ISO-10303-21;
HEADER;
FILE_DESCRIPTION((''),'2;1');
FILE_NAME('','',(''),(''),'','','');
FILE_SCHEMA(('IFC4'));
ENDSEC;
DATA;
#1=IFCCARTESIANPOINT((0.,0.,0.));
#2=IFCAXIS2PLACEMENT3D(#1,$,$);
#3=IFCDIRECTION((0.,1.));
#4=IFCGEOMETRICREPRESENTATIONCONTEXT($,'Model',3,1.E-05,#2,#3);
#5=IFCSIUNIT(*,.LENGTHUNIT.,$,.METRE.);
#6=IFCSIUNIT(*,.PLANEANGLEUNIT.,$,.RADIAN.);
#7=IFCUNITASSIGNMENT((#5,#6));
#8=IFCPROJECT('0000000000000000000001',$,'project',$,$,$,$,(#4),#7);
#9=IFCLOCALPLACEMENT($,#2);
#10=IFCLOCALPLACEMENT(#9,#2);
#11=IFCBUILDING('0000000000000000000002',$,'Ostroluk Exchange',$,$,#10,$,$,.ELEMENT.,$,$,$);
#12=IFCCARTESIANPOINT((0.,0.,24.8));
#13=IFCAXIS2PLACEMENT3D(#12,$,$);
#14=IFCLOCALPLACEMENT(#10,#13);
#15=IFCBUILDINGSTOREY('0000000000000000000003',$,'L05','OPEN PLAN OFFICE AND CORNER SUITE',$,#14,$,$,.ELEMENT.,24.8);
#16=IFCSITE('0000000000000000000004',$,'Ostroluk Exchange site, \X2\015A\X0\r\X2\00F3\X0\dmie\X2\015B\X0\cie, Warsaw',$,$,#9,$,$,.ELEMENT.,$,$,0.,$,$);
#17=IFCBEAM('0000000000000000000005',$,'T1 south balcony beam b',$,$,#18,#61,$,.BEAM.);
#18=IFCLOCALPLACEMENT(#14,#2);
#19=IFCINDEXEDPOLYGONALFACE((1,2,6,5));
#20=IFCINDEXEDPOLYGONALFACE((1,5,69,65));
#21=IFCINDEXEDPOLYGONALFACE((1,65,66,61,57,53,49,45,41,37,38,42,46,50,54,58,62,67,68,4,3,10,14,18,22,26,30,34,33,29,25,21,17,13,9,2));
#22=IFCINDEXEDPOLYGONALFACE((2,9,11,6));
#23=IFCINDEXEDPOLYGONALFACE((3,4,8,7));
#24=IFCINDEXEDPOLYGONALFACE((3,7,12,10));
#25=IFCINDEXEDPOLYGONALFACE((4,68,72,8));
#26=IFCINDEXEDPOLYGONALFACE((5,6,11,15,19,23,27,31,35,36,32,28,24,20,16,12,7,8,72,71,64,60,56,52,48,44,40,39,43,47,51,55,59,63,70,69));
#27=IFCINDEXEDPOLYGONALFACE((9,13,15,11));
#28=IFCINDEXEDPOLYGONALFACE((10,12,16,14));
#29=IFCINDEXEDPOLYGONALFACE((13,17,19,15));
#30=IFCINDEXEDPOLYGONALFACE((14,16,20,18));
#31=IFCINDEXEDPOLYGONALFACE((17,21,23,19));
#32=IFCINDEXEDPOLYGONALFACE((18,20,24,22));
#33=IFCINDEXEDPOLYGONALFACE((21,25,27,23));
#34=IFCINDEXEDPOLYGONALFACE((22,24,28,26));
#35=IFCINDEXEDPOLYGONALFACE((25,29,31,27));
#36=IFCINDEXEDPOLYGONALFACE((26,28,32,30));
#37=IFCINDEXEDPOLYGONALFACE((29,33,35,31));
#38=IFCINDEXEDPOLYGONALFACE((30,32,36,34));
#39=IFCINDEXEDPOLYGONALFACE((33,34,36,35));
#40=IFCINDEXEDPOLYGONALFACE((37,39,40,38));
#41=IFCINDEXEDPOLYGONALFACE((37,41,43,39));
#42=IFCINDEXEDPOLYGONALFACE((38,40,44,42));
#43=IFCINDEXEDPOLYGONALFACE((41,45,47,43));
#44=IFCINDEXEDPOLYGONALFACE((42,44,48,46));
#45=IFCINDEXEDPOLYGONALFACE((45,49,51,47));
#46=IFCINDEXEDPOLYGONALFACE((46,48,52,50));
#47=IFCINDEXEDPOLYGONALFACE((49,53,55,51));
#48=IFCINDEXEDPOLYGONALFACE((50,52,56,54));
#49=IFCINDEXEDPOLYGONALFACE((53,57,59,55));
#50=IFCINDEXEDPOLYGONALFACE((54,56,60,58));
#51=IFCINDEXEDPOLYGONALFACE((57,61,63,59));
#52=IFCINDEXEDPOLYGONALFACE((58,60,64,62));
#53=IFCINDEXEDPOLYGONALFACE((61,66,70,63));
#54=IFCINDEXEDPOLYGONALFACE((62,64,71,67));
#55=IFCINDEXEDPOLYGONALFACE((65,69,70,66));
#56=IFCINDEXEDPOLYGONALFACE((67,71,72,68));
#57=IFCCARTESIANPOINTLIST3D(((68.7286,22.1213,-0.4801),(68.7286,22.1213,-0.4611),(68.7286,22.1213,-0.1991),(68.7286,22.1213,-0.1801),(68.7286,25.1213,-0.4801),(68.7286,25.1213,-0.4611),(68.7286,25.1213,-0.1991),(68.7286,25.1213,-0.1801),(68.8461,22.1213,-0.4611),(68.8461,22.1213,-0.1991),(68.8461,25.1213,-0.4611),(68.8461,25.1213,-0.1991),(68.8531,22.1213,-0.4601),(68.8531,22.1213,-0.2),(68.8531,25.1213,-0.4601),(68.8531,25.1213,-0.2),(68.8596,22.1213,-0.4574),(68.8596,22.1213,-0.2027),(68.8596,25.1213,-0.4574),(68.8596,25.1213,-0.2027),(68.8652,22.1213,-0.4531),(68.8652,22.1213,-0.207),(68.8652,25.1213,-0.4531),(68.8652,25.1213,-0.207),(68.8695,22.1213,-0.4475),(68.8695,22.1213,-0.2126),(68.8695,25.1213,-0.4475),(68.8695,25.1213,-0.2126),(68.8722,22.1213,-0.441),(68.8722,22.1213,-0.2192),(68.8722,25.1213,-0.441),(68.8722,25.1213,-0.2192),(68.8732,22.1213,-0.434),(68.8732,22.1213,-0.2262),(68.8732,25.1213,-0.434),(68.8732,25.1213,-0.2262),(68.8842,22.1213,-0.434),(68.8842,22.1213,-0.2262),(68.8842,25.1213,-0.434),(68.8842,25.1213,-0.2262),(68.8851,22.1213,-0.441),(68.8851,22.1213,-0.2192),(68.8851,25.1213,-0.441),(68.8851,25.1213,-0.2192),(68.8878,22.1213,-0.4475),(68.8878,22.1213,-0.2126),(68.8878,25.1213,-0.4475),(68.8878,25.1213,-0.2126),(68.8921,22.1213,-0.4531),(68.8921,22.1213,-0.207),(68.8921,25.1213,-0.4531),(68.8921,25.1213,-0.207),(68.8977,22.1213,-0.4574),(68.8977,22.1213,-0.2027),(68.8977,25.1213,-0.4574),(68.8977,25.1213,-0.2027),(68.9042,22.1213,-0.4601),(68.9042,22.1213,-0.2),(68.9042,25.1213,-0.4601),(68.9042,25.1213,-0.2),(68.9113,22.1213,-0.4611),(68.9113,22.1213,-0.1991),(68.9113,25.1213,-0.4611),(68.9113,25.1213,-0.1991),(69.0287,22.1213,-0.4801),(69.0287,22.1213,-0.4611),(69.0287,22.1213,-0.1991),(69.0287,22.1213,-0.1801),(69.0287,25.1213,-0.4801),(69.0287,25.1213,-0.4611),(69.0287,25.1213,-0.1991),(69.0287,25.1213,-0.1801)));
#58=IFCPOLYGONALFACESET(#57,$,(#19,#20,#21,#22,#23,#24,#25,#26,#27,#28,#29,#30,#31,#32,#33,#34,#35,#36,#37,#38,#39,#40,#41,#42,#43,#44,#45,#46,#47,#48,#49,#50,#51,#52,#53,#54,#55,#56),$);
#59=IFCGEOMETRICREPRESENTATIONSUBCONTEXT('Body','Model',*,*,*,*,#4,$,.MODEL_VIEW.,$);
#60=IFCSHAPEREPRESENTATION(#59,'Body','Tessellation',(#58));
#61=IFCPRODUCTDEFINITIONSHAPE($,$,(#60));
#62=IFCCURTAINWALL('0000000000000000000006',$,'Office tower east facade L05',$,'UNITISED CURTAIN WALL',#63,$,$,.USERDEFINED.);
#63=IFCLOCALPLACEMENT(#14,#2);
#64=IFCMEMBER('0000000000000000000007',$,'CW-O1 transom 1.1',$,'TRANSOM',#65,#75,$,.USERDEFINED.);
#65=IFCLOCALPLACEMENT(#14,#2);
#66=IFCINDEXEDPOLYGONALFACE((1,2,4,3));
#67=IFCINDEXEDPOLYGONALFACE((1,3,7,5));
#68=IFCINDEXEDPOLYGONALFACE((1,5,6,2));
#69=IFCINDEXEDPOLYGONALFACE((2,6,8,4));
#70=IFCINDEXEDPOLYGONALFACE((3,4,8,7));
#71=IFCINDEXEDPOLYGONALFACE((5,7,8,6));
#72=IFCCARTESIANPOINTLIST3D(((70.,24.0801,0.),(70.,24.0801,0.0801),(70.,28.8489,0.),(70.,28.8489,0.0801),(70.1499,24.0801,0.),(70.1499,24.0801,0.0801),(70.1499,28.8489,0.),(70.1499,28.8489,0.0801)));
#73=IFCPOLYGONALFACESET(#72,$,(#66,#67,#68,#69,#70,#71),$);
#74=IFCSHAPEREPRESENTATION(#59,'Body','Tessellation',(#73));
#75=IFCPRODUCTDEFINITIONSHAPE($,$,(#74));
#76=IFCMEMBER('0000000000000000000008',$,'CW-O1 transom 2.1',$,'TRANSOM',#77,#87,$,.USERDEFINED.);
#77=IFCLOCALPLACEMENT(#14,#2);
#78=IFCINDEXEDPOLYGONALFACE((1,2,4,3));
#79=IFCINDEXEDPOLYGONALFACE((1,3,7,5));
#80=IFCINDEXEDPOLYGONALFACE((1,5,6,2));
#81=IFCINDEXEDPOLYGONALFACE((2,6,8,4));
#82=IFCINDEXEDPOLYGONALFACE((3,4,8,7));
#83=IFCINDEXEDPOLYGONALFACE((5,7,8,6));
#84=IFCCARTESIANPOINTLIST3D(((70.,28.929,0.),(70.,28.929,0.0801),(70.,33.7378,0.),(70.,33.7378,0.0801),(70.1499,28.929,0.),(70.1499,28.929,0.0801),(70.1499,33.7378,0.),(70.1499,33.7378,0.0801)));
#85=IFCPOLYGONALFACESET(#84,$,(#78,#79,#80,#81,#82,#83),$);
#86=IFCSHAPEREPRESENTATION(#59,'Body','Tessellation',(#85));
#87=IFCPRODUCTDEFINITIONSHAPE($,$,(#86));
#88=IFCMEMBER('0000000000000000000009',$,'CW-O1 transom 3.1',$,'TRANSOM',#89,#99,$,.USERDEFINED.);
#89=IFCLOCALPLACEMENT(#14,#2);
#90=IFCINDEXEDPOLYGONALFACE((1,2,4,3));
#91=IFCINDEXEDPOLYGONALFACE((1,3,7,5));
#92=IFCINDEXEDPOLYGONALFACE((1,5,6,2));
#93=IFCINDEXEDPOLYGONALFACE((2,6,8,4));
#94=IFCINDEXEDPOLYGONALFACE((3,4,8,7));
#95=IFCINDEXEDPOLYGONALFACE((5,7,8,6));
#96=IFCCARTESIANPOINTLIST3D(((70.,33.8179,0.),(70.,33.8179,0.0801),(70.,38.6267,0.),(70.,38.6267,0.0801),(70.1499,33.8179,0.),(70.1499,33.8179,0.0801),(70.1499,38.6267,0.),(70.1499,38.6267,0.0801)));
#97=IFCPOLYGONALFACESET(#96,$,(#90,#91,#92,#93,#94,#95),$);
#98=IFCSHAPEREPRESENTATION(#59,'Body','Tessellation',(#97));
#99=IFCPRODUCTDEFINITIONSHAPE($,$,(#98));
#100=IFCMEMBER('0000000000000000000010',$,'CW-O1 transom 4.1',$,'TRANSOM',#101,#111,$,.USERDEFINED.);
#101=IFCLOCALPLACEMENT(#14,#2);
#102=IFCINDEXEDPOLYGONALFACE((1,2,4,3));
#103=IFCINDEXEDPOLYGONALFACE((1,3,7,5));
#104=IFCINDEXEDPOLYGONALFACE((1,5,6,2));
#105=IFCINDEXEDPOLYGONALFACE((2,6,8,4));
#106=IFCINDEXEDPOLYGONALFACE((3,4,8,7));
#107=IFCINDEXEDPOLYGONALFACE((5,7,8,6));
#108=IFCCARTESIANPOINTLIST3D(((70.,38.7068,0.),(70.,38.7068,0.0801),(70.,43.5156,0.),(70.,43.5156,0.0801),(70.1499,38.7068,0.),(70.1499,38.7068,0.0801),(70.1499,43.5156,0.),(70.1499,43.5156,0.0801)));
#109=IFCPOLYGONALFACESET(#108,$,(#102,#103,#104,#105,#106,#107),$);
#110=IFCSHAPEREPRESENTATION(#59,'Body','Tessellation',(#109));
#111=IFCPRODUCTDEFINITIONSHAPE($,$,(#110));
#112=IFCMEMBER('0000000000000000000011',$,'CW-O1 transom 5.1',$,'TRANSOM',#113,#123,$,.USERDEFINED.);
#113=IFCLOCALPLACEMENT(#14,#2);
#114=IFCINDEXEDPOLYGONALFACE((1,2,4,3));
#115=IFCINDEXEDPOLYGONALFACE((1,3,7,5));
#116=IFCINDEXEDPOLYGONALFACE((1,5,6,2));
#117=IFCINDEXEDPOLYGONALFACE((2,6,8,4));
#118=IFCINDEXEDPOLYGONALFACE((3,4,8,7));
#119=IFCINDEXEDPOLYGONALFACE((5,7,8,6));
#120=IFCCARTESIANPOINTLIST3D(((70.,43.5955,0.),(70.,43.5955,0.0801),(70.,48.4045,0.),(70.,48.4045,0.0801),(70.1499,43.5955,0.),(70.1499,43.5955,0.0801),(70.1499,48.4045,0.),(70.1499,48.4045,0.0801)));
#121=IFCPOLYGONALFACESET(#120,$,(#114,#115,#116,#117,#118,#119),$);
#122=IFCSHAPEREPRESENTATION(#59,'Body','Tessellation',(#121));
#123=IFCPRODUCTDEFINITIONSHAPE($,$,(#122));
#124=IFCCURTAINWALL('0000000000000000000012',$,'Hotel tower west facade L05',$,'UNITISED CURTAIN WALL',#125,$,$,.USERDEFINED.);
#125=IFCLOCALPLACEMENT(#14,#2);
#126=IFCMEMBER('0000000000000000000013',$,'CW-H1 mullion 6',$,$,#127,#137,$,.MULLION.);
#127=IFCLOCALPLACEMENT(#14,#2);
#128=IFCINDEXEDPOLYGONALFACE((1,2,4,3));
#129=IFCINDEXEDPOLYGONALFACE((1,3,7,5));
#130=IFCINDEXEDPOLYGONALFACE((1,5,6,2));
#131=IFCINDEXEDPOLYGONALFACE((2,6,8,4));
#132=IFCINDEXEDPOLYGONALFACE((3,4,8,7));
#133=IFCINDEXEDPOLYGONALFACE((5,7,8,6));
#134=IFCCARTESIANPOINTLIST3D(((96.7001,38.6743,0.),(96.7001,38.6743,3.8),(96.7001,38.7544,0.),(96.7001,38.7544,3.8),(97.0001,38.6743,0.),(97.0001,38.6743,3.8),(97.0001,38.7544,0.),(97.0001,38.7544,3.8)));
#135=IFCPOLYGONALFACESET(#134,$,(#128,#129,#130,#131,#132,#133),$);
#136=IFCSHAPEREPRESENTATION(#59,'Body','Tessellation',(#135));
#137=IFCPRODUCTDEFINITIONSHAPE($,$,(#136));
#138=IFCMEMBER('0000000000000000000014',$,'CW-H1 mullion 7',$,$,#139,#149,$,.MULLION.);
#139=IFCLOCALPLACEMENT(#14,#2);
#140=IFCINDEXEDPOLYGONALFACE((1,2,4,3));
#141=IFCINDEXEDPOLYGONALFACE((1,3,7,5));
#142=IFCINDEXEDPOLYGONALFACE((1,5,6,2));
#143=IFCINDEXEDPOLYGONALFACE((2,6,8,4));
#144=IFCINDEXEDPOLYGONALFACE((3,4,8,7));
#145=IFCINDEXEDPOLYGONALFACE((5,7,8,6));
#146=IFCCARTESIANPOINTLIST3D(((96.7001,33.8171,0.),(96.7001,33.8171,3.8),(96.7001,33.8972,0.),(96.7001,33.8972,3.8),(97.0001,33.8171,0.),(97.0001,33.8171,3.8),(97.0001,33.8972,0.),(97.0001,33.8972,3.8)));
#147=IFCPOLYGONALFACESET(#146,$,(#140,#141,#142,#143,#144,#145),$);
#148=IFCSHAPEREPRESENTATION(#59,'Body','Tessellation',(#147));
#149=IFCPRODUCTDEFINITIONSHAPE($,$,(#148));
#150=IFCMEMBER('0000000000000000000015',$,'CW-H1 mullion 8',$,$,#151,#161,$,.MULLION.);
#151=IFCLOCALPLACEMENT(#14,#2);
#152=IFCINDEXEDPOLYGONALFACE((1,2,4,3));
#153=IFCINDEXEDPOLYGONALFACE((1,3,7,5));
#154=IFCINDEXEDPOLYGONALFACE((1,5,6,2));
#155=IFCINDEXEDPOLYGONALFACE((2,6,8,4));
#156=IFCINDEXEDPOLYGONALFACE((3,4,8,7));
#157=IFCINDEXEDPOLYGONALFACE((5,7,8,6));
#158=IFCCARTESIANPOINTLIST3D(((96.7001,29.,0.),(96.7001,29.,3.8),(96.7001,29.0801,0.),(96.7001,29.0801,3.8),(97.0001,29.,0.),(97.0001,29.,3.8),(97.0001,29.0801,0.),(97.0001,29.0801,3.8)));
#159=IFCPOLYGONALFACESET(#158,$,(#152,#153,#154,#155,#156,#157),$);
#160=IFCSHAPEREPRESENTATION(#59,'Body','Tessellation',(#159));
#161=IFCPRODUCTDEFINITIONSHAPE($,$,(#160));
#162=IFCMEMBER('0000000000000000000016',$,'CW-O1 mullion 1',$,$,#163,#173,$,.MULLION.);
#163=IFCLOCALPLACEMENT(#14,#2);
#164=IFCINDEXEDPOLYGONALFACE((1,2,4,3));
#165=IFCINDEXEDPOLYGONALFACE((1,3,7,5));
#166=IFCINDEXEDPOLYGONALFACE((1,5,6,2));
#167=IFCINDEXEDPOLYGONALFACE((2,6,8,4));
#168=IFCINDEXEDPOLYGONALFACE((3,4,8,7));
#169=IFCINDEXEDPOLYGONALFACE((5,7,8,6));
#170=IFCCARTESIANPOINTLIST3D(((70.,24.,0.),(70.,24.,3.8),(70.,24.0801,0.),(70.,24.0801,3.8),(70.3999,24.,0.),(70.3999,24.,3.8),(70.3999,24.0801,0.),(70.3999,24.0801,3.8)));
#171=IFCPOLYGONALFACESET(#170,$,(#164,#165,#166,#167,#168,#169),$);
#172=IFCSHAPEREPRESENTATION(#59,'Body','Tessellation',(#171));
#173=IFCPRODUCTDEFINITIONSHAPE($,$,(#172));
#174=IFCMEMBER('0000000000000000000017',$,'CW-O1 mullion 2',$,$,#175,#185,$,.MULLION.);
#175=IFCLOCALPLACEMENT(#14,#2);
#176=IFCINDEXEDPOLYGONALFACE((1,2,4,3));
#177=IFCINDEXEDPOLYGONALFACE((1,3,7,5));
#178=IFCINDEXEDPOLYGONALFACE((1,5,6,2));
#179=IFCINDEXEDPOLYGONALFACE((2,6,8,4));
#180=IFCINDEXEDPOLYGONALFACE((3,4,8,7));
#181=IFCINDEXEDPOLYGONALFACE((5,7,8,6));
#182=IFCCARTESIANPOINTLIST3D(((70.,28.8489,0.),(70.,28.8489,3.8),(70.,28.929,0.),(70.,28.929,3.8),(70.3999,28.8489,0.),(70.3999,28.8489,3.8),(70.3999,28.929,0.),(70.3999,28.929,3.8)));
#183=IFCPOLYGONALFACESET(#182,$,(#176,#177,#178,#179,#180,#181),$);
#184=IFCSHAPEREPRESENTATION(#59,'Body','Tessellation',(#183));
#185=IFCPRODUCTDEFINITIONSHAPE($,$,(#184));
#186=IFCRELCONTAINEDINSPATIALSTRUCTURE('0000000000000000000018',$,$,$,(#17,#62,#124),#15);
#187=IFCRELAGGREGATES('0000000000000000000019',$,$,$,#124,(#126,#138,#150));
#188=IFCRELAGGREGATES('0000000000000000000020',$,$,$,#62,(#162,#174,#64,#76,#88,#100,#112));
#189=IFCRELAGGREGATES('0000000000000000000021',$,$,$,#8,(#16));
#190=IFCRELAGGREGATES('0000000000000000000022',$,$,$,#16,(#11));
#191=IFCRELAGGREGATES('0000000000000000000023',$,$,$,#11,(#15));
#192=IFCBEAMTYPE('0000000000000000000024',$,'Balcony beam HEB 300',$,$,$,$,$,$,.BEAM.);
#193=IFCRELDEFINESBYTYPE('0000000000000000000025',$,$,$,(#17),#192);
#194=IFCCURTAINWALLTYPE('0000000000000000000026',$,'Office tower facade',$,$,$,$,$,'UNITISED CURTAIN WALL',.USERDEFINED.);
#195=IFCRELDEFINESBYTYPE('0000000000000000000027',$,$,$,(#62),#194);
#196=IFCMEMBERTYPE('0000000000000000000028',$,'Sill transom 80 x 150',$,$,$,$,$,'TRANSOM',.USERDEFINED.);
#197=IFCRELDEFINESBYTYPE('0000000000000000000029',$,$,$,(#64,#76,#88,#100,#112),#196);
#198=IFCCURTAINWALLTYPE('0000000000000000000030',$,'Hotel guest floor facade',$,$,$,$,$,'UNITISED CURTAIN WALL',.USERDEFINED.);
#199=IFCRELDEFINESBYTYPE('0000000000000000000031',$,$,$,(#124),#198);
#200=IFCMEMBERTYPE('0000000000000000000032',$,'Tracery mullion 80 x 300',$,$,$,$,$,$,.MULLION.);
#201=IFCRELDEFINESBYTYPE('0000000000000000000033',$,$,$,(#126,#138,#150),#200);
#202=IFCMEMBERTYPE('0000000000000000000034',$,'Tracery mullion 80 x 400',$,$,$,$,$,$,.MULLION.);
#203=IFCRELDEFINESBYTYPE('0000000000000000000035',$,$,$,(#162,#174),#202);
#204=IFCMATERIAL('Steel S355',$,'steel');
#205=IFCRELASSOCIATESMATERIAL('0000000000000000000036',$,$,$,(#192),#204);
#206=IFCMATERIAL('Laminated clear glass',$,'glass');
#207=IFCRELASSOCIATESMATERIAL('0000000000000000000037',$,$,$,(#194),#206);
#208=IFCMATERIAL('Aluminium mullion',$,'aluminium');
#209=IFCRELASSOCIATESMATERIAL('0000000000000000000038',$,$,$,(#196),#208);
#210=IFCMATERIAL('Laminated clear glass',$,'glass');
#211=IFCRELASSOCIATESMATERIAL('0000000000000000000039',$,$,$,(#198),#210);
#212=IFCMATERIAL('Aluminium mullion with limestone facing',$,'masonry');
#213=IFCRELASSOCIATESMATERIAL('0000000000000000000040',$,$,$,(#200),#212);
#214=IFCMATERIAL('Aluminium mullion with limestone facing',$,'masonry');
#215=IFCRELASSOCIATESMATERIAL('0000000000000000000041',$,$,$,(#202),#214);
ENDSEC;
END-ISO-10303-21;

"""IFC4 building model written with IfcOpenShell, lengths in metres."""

from ifc_helpers import new_model, si_unit, direction, frame, origin, origin_2d, place, context, subcontext, project, spatial, rectangle, i_section, extrude, material, material_profile, profile_set, type_object, element, aggregate, save


model = new_model("IFC4")

# Units and contexts
model_context = context("Model", 3, precision=1e-05, world=origin(), true_north=direction((0.0, 1.0)))
body_context = subcontext(model_context, "Body", "Model", "MODEL_VIEW")
ifc_project = project(units=[si_unit("LENGTHUNIT", "METRE"), si_unit("PLANEANGLEUNIT", "RADIAN")], contexts=[model_context])

# Site, building, storey
site_placement = place(None, origin())
site = spatial("IfcSite", under=ifc_project, at=site_placement, Name="Ostroluk Exchange site, Śródmieście, Warsaw", CompositionType="ELEMENT", RefElevation=0.0)
building_placement = place(site_placement, origin())
building = spatial("IfcBuilding", under=site, at=building_placement, Name="Ostroluk Exchange", CompositionType="ELEMENT")
storey_placement = place(building_placement, frame((0.0, 0.0, 24.8)))
storey = spatial("IfcBuildingStorey", under=building, at=storey_placement, Name="L05", Description="OPEN PLAN OFFICE AND CORNER SUITE", CompositionType="ELEMENT", Elevation=24.8)

# Beam
ifc_material_1 = material(Name="Steel S355", Category="steel")
ifc_material_profile_1 = material_profile(ifc_material_1, i_section(OverallWidth=0.3, OverallDepth=0.3, WebThickness=0.011, FlangeThickness=0.019, FilletRadius=0.0271, at=origin_2d()), Name="HEB 300")
ifc_profile_set_1 = profile_set([ifc_material_profile_1], Name="Steel S355")
beam_type = type_object("IfcBeamType", Name="Balcony beam HEB 300", PredefinedType="BEAM", material=ifc_profile_set_1)
beam_placement = place(storey_placement, frame((68.8787, 25.1213, -0.3301), z_axis=(0.0, -1.0, 0.0), x_axis=(1.0, 0.0, 0.0)))
element("IfcBeam", 1, at=beam_placement, inside=storey, type_object=beam_type, Name="T1 south balcony beam b", PredefinedType="BEAM", context=body_context, shape_type="SweptSolid", body=[
    extrude(i_section(OverallWidth=0.3, OverallDepth=0.3, WebThickness=0.011, FlangeThickness=0.019, FilletRadius=0.0271, at=origin_2d()), origin(), (0.0, 0.0, 1.0), 3.0),
])

# Curtain walls, members
ifc_material_2 = material(Name="Laminated clear glass", Category="glass")
curtain_wall_type_1 = type_object("IfcCurtainWallType", Name="Office tower facade", ElementType="UNITISED CURTAIN WALL", PredefinedType="USERDEFINED", material=ifc_material_2)
curtain_wall_1_placement = place(storey_placement, origin())
curtain_wall_1 = element("IfcCurtainWall", 2, at=curtain_wall_1_placement, inside=storey, type_object=curtain_wall_type_1, Name="Office tower east facade L05", ObjectType="UNITISED CURTAIN WALL", PredefinedType="USERDEFINED")
ifc_material_3 = material(Name="Aluminium mullion", Category="aluminium")
ifc_material_profile_2 = material_profile(ifc_material_3, rectangle(XDim=0.1499, YDim=0.0801, at=origin_2d()), Name="Sill transom 80 x 150")
ifc_profile_set_2 = profile_set([ifc_material_profile_2], Name="Aluminium mullion")
member_type_1 = type_object("IfcMemberType", Name="Sill transom 80 x 150", ElementType="TRANSOM", PredefinedType="USERDEFINED", material=ifc_profile_set_2)
member_1_placement = place(storey_placement, frame((70.075, 24.0801, 0.04), z_axis=(0.0, 1.0, 0.0), x_axis=(-1.0, 0.0, 0.0)))
member_1 = element("IfcMember", 3, at=member_1_placement, type_object=member_type_1, Name="CW-O1 transom 1.1", ObjectType="TRANSOM", PredefinedType="USERDEFINED", context=body_context, shape_type="SweptSolid", body=[
    extrude(rectangle(XDim=0.1499, YDim=0.0801, at=origin_2d()), origin(), (0.0, 0.0, 1.0), 4.7688),
])
member_2_placement = place(storey_placement, frame((70.075, 28.929, 0.04), z_axis=(0.0, 1.0, 0.0), x_axis=(-1.0, 0.0, 0.0)))
member_2 = element("IfcMember", 4, at=member_2_placement, type_object=member_type_1, Name="CW-O1 transom 2.1", ObjectType="TRANSOM", PredefinedType="USERDEFINED", context=body_context, shape_type="SweptSolid", body=[
    extrude(rectangle(XDim=0.1499, YDim=0.0801, at=origin_2d()), origin(), (0.0, 0.0, 1.0), 4.8088),
])
member_3_placement = place(storey_placement, frame((70.075, 33.8179, 0.04), z_axis=(0.0, 1.0, 0.0), x_axis=(-1.0, 0.0, 0.0)))
member_3 = element("IfcMember", 5, at=member_3_placement, type_object=member_type_1, Name="CW-O1 transom 3.1", ObjectType="TRANSOM", PredefinedType="USERDEFINED", context=body_context, shape_type="SweptSolid", body=[
    extrude(rectangle(XDim=0.1499, YDim=0.0801, at=origin_2d()), origin(), (0.0, 0.0, 1.0), 4.8088),
])
member_4_placement = place(storey_placement, frame((70.075, 38.7068, 0.04), z_axis=(0.0, 1.0, 0.0), x_axis=(-1.0, 0.0, 0.0)))
member_4 = element("IfcMember", 6, at=member_4_placement, type_object=member_type_1, Name="CW-O1 transom 4.1", ObjectType="TRANSOM", PredefinedType="USERDEFINED", context=body_context, shape_type="SweptSolid", body=[
    extrude(rectangle(XDim=0.1499, YDim=0.0801, at=origin_2d()), origin(), (0.0, 0.0, 1.0), 4.8088),
])
member_5_placement = place(storey_placement, frame((70.075, 43.5955, 0.04), z_axis=(0.0, 1.0, 0.0), x_axis=(-1.0, 0.0, 0.0)))
member_5 = element("IfcMember", 7, at=member_5_placement, type_object=member_type_1, Name="CW-O1 transom 5.1", ObjectType="TRANSOM", PredefinedType="USERDEFINED", context=body_context, shape_type="SweptSolid", body=[
    extrude(rectangle(XDim=0.1499, YDim=0.0801, at=origin_2d()), origin(), (0.0, 0.0, 1.0), 4.8091),
])
ifc_material_4 = material(Name="Laminated clear glass", Category="glass")
curtain_wall_type_2 = type_object("IfcCurtainWallType", Name="Hotel guest floor facade", ElementType="UNITISED CURTAIN WALL", PredefinedType="USERDEFINED", material=ifc_material_4)
curtain_wall_2_placement = place(storey_placement, origin())
curtain_wall_2 = element("IfcCurtainWall", 8, at=curtain_wall_2_placement, inside=storey, type_object=curtain_wall_type_2, Name="Hotel tower west facade L05", ObjectType="UNITISED CURTAIN WALL", PredefinedType="USERDEFINED")
ifc_material_5 = material(Name="Aluminium mullion with limestone facing", Category="masonry")
ifc_material_profile_3 = material_profile(ifc_material_5, rectangle(XDim=0.3, YDim=0.0801, at=origin_2d()), Name="Tracery mullion 80 x 300")
ifc_profile_set_3 = profile_set([ifc_material_profile_3], Name="Aluminium mullion with limestone facing")
member_type_2 = type_object("IfcMemberType", Name="Tracery mullion 80 x 300", PredefinedType="MULLION", material=ifc_profile_set_3)
member_6_placement = place(storey_placement, frame((96.8501, 38.7144, 0.0), z_axis=(0.0, 0.0, 1.0), x_axis=(1.0, 0.0, 0.0)))
member_6 = element("IfcMember", 9, at=member_6_placement, type_object=member_type_2, Name="CW-H1 mullion 6", PredefinedType="MULLION", context=body_context, shape_type="SweptSolid", body=[
    extrude(rectangle(XDim=0.3, YDim=0.0801, at=origin_2d()), origin(), (0.0, 0.0, 1.0), 3.8),
])
member_7_placement = place(storey_placement, frame((96.8501, 33.8572, 0.0), z_axis=(0.0, 0.0, 1.0), x_axis=(1.0, 0.0, 0.0)))
member_7 = element("IfcMember", 10, at=member_7_placement, type_object=member_type_2, Name="CW-H1 mullion 7", PredefinedType="MULLION", context=body_context, shape_type="SweptSolid", body=[
    extrude(rectangle(XDim=0.3, YDim=0.0801, at=origin_2d()), origin(), (0.0, 0.0, 1.0), 3.8),
])
member_8_placement = place(storey_placement, frame((96.8501, 29.04, 0.0), z_axis=(0.0, 0.0, 1.0), x_axis=(1.0, 0.0, 0.0)))
member_8 = element("IfcMember", 11, at=member_8_placement, type_object=member_type_2, Name="CW-H1 mullion 8", PredefinedType="MULLION", context=body_context, shape_type="SweptSolid", body=[
    extrude(rectangle(XDim=0.3, YDim=0.0801, at=origin_2d()), origin(), (0.0, 0.0, 1.0), 3.8),
])
aggregate(curtain_wall_2, [member_6, member_7, member_8])

# Members
ifc_material_6 = material(Name="Aluminium mullion with limestone facing", Category="masonry")
ifc_material_profile_4 = material_profile(ifc_material_6, rectangle(XDim=0.3999, YDim=0.0801, at=origin_2d()), Name="Tracery mullion 80 x 400")
ifc_profile_set_4 = profile_set([ifc_material_profile_4], Name="Aluminium mullion with limestone facing")
member_type_3 = type_object("IfcMemberType", Name="Tracery mullion 80 x 400", PredefinedType="MULLION", material=ifc_profile_set_4)
member_9_placement = place(storey_placement, frame((70.2, 24.04, 0.0), z_axis=(0.0, 0.0, 1.0), x_axis=(-1.0, 0.0, 0.0)))
member_9 = element("IfcMember", 12, at=member_9_placement, type_object=member_type_3, Name="CW-O1 mullion 1", PredefinedType="MULLION", context=body_context, shape_type="SweptSolid", body=[
    extrude(rectangle(XDim=0.3999, YDim=0.0801, at=origin_2d()), origin(), (0.0, 0.0, 1.0), 3.8),
])
member_10_placement = place(storey_placement, frame((70.2, 28.8889, 0.0), z_axis=(0.0, 0.0, 1.0), x_axis=(-1.0, 0.0, 0.0)))
member_10 = element("IfcMember", 13, at=member_10_placement, type_object=member_type_3, Name="CW-O1 mullion 2", PredefinedType="MULLION", context=body_context, shape_type="SweptSolid", body=[
    extrude(rectangle(XDim=0.3999, YDim=0.0801, at=origin_2d()), origin(), (0.0, 0.0, 1.0), 3.8),
])

aggregate(curtain_wall_1, [member_9, member_10, member_1, member_2, member_3, member_4, member_5])

save(model, "model.ifc")
